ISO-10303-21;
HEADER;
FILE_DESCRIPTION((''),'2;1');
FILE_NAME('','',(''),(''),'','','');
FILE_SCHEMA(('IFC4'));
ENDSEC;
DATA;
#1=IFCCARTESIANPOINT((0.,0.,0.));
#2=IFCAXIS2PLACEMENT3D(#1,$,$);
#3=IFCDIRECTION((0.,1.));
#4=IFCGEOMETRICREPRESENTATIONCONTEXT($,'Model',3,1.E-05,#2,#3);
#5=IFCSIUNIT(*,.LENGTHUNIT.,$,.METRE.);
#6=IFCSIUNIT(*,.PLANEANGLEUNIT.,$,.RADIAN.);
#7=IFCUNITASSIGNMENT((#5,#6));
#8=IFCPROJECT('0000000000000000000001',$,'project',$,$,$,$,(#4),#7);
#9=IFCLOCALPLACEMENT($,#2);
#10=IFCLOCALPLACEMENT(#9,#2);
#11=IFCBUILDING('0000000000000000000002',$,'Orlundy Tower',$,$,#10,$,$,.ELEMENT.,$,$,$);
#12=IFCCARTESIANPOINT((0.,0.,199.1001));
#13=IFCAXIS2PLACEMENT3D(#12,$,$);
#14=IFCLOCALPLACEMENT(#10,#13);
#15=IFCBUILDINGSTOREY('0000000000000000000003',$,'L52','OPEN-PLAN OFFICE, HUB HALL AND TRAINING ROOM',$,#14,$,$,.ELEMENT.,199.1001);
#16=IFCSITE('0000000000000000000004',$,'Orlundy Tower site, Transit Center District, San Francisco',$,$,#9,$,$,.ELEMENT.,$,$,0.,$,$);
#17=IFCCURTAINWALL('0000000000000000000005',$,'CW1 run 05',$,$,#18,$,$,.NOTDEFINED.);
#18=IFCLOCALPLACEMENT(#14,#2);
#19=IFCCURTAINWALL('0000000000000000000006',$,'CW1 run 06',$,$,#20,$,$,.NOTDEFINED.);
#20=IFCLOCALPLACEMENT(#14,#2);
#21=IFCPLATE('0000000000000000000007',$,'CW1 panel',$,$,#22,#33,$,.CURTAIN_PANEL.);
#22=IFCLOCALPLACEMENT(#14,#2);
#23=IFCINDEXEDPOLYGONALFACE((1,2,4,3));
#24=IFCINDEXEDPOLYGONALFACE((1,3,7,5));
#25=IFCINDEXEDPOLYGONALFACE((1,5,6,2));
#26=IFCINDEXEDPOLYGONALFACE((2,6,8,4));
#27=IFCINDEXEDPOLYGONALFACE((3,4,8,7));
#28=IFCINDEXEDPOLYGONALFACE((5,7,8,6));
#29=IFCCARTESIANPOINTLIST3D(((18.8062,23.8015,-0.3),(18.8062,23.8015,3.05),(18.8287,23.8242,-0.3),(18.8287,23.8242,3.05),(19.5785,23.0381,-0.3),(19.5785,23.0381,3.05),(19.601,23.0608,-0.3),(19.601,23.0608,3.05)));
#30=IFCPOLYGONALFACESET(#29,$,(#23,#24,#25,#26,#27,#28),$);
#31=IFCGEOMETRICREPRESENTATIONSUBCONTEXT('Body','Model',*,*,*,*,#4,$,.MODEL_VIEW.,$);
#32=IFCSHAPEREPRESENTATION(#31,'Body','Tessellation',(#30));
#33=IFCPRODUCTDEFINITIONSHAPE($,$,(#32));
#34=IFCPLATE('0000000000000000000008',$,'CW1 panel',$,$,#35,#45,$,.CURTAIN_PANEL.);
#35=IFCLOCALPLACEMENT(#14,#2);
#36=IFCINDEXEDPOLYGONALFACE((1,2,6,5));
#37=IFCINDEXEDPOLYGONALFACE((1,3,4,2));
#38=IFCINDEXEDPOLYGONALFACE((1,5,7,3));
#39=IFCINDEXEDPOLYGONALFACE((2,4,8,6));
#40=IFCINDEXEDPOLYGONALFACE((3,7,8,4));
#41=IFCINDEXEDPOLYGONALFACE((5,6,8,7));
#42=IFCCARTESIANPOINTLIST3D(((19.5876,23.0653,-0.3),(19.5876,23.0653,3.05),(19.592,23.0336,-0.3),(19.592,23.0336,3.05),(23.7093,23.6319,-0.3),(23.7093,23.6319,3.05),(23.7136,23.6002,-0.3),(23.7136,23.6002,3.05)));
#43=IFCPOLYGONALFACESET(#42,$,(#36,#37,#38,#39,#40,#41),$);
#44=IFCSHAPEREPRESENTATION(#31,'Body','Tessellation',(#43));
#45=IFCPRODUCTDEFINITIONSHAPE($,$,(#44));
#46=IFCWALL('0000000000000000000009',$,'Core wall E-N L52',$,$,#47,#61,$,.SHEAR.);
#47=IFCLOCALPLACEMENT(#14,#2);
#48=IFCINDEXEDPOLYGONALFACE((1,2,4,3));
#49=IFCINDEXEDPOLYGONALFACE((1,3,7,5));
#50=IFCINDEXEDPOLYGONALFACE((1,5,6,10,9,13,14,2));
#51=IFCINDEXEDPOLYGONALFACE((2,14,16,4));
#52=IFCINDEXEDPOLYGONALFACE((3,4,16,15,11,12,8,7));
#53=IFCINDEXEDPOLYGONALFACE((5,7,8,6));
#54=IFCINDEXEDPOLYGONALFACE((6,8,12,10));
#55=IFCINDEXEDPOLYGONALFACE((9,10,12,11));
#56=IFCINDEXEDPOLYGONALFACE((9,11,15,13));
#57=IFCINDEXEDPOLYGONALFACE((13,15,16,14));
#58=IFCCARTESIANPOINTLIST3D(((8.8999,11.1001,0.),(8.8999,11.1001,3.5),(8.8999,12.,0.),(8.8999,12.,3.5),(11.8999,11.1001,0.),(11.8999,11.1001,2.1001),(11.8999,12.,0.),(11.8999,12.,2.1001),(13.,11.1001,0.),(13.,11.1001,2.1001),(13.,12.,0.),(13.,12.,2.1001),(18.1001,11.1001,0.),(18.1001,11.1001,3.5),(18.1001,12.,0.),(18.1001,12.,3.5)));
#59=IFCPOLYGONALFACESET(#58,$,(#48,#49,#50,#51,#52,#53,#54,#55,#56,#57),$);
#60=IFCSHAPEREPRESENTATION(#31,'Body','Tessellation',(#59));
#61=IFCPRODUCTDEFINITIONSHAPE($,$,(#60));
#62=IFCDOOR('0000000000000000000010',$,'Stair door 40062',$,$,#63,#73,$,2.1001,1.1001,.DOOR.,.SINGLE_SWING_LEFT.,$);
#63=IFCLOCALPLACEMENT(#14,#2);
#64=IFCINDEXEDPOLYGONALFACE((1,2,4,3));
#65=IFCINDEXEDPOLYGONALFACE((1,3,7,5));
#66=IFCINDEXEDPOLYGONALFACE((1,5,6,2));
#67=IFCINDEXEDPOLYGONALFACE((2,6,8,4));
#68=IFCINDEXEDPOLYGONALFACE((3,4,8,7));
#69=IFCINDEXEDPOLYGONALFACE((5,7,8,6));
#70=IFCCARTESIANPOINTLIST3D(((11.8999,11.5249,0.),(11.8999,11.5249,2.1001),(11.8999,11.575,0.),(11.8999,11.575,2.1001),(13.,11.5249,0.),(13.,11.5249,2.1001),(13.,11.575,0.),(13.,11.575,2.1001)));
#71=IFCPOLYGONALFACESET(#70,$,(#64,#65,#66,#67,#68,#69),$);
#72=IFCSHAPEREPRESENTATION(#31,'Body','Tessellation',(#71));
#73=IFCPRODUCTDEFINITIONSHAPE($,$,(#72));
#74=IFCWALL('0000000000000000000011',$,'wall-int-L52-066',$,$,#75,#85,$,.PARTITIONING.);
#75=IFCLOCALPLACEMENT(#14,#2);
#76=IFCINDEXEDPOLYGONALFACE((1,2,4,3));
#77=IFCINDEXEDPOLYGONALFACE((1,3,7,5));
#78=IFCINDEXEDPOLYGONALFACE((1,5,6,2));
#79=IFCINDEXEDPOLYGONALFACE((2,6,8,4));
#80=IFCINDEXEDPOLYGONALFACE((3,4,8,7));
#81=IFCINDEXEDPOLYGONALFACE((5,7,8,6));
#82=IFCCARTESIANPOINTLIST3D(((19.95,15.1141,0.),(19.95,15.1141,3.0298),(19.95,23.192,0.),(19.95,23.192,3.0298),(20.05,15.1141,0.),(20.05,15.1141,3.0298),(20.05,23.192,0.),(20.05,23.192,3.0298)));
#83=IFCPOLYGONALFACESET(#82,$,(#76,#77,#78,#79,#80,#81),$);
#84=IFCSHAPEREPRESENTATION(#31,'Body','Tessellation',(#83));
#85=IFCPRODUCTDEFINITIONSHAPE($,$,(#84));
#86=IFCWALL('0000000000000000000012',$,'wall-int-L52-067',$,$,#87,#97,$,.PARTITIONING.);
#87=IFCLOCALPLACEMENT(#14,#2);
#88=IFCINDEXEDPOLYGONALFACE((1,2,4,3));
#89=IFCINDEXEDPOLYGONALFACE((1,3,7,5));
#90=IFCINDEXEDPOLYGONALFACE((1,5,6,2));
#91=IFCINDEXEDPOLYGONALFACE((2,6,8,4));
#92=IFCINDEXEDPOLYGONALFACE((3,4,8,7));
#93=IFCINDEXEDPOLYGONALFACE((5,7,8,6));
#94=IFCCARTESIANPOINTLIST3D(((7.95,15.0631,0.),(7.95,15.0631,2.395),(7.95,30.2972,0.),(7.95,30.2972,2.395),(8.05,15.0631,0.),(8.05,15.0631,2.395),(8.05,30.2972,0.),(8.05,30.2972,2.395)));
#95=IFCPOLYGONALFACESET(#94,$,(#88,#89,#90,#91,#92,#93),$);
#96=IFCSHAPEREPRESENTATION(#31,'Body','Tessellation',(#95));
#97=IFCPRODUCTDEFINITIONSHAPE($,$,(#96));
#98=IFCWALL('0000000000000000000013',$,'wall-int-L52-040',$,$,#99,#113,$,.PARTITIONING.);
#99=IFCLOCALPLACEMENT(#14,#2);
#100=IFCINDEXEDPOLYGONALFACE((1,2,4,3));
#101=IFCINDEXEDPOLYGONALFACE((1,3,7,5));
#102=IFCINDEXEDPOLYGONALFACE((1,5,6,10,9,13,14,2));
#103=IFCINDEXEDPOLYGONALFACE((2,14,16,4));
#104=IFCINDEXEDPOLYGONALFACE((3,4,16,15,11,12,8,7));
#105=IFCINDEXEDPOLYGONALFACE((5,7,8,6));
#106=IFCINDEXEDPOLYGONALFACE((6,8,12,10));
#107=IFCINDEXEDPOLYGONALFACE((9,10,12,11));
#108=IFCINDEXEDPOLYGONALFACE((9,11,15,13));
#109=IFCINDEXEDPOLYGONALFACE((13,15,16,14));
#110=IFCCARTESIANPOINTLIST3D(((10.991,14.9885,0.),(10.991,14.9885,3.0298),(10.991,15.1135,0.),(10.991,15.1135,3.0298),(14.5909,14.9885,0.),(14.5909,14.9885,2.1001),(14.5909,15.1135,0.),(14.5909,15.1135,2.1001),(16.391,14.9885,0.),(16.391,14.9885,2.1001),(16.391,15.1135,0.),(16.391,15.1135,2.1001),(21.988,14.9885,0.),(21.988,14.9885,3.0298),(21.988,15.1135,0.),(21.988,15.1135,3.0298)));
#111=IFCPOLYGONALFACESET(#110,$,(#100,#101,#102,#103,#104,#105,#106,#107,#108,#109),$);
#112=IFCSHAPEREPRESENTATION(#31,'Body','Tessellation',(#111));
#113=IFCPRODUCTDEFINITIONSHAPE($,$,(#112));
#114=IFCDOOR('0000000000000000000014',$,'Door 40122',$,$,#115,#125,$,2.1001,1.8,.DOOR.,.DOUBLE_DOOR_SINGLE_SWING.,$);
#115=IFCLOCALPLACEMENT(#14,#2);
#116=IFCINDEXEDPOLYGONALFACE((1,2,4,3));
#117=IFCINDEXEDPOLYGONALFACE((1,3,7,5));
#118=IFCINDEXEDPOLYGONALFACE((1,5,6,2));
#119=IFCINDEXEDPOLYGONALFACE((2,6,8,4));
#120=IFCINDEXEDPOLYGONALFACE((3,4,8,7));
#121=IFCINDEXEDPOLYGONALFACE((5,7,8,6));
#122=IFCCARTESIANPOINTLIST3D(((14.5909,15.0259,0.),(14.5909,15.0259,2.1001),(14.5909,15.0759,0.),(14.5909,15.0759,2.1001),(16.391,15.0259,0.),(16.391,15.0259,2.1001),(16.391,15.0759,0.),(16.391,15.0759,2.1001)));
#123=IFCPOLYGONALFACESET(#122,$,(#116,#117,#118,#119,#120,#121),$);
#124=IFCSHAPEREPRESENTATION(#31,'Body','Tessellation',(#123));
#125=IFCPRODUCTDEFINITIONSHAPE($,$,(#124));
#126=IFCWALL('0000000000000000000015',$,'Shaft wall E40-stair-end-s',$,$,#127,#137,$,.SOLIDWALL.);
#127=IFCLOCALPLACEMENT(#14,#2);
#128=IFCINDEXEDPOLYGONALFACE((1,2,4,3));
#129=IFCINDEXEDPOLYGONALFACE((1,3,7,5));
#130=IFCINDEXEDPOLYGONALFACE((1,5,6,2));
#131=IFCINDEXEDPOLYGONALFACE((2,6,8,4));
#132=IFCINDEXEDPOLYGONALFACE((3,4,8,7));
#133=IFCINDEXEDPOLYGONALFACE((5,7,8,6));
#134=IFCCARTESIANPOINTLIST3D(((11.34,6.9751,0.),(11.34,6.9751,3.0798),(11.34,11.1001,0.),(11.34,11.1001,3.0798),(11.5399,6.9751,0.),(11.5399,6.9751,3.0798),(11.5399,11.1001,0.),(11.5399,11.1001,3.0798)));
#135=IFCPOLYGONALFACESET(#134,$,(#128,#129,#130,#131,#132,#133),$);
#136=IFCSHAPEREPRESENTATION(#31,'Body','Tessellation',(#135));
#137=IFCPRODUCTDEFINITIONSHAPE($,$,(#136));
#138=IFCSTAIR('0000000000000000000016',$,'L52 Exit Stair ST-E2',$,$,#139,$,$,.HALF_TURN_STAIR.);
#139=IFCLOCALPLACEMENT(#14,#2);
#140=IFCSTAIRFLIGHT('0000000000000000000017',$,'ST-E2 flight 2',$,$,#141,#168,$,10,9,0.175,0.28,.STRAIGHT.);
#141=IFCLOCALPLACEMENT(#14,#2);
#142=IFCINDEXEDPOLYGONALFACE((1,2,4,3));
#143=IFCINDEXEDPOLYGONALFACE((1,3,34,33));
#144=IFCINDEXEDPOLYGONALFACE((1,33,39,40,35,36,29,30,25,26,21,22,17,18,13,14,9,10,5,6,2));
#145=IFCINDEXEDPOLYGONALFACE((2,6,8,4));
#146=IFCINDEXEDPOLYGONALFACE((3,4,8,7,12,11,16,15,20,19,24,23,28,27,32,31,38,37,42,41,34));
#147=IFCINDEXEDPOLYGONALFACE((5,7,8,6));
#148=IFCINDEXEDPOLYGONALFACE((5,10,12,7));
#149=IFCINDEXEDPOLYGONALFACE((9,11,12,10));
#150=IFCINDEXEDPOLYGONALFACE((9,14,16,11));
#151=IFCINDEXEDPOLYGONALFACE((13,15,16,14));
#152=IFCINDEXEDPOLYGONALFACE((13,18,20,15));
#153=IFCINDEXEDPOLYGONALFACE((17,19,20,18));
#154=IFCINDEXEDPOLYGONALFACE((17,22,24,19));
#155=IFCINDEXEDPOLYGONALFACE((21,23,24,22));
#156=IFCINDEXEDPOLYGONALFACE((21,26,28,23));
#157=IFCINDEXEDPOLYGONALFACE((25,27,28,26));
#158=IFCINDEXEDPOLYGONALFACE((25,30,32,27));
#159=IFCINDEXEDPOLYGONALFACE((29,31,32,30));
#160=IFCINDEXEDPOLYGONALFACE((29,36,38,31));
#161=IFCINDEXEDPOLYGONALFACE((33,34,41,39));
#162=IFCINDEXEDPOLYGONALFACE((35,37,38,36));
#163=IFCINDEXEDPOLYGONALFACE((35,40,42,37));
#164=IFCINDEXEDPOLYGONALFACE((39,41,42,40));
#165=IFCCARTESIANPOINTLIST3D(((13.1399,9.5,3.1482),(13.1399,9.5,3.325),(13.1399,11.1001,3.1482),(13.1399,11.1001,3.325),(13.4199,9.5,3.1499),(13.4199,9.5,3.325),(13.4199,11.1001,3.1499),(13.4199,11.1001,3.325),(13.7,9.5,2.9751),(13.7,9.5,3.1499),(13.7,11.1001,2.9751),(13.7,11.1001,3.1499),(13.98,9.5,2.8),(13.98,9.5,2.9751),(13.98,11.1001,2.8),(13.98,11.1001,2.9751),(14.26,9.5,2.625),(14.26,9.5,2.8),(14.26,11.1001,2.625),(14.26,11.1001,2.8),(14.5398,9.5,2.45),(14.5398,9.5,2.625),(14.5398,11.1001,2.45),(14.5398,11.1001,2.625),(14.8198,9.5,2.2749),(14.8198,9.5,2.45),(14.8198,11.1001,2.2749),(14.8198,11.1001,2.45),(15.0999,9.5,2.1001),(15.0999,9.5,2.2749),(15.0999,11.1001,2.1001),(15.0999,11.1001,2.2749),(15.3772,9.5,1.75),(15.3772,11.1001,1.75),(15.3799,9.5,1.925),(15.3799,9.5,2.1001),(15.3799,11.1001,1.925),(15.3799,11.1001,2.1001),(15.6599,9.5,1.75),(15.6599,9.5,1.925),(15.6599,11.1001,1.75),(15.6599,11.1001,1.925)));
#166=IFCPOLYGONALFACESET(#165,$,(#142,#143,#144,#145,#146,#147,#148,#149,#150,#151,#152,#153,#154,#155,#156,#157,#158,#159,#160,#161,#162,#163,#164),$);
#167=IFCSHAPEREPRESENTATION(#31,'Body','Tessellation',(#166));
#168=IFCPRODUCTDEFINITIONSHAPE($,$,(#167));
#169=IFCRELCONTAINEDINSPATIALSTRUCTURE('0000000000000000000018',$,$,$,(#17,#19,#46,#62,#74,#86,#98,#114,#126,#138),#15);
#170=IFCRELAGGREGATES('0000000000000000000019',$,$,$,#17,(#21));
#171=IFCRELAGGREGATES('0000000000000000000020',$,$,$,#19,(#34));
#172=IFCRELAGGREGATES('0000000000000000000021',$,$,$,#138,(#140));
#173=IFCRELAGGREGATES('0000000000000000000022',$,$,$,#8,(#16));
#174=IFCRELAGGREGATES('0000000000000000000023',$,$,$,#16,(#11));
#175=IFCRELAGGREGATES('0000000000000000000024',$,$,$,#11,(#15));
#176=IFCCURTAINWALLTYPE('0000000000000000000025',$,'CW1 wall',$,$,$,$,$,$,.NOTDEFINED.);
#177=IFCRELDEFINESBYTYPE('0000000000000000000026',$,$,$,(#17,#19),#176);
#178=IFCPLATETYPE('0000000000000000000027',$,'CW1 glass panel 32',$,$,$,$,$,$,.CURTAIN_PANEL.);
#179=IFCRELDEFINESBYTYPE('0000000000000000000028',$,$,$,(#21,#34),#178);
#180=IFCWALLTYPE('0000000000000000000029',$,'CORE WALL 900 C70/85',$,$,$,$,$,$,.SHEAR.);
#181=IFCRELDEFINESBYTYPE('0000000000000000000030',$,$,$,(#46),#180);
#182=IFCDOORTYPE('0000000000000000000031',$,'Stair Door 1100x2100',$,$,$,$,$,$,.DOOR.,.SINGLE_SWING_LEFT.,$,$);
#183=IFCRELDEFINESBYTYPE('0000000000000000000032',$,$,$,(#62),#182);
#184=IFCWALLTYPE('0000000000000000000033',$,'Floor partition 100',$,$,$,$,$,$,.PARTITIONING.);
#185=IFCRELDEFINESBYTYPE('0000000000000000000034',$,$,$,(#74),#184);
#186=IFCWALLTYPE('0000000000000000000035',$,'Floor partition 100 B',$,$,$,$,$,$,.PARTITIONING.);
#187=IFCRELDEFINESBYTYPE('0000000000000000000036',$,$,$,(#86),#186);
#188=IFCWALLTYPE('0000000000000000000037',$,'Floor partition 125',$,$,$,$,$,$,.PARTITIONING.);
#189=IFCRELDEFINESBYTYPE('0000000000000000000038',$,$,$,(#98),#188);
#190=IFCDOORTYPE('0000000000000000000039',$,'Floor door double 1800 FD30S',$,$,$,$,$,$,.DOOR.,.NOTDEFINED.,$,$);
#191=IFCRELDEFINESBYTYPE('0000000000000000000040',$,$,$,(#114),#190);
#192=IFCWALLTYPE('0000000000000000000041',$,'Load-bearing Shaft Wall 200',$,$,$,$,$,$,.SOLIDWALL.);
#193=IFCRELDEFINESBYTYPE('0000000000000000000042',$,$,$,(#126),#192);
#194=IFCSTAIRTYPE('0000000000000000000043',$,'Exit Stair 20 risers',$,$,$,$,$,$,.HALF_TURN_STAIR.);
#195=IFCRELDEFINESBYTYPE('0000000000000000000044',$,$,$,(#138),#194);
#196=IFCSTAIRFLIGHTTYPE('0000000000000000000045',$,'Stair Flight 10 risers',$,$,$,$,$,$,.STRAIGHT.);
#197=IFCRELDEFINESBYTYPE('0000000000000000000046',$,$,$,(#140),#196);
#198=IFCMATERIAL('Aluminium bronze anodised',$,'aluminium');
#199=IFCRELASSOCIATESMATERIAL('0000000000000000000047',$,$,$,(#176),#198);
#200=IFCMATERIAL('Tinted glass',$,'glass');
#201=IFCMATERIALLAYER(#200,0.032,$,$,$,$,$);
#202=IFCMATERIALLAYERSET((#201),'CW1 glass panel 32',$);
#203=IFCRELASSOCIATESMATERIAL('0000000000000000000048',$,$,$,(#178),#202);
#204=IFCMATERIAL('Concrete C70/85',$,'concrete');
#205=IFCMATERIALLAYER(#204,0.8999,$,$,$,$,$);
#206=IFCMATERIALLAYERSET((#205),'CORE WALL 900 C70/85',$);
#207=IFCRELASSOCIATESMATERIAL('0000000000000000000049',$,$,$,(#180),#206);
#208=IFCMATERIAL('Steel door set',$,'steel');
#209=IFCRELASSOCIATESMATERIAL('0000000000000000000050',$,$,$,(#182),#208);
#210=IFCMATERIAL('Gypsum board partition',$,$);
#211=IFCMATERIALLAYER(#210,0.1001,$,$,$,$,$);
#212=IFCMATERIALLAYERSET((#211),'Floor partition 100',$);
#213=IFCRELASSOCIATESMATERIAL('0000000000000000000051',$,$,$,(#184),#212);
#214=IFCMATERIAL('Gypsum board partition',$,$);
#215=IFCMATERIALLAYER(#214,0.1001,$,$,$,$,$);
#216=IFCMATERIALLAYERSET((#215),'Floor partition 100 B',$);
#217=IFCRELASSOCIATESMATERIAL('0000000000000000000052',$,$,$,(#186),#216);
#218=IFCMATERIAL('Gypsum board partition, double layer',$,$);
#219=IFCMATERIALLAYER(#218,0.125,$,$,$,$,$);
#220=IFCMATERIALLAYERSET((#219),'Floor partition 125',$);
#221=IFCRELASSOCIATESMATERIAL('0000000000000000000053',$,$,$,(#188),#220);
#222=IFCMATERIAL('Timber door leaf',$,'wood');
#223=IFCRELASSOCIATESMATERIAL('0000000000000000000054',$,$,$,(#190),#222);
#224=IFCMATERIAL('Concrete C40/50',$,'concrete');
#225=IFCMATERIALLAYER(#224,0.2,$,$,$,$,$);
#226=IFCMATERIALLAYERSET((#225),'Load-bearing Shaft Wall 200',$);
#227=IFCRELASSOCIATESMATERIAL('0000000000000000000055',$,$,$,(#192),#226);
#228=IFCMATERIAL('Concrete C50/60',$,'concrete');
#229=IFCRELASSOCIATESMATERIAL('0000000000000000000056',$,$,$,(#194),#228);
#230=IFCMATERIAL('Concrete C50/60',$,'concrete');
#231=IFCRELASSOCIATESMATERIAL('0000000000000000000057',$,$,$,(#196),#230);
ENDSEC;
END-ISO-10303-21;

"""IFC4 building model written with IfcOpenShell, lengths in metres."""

from ifc_helpers import new_model, si_unit, direction, frame, frame_2d, origin, origin_2d, place, context, subcontext, project, spatial, polyline, rectangle, outline, extrude, material, layer, layer_set, type_object, element, fill, aggregate, save


model = new_model("IFC4")

# Units and contexts
model_context = context("Model", 3, precision=1e-05, world=origin(), true_north=direction((0.0, 1.0)))
body_context = subcontext(model_context, "Body", "Model", "MODEL_VIEW")
ifc_project = project(units=[si_unit("LENGTHUNIT", "METRE"), si_unit("PLANEANGLEUNIT", "RADIAN")], contexts=[model_context])

# Site, building, storey
site_placement = place(None, origin())
site = spatial("IfcSite", under=ifc_project, at=site_placement, Name="Orlundy Tower site, Transit Center District, San Francisco", CompositionType="ELEMENT", RefElevation=0.0)
building_placement = place(site_placement, origin())
building = spatial("IfcBuilding", under=site, at=building_placement, Name="Orlundy Tower", CompositionType="ELEMENT")
storey_placement = place(building_placement, frame((0.0, 0.0, 199.1001)))
storey = spatial("IfcBuildingStorey", under=building, at=storey_placement, Name="L52", Description="OPEN-PLAN OFFICE, HUB HALL AND TRAINING ROOM", CompositionType="ELEMENT", Elevation=199.1001)

# Curtain walls
ifc_material_1 = material(Name="Aluminium bronze anodised", Category="aluminium")
curtain_wall_type = type_object("IfcCurtainWallType", Name="CW1 wall", PredefinedType="NOTDEFINED", material=ifc_material_1)
curtain_wall_1_placement = place(storey_placement, origin())
curtain_wall_1 = element("IfcCurtainWall", 1, at=curtain_wall_1_placement, inside=storey, type_object=curtain_wall_type, Name="CW1 run 05", PredefinedType="NOTDEFINED")
curtain_wall_2_placement = place(storey_placement, origin())
curtain_wall_2 = element("IfcCurtainWall", 2, at=curtain_wall_2_placement, inside=storey, type_object=curtain_wall_type, Name="CW1 run 06", PredefinedType="NOTDEFINED")

# Plates
ifc_material_2 = material(Name="Tinted glass", Category="glass")
ifc_layer_1 = layer(ifc_material_2, 0.032)
ifc_layer_set_1 = layer_set([ifc_layer_1], Name="CW1 glass panel 32")
plate_type = type_object("IfcPlateType", Name="CW1 glass panel 32", PredefinedType="CURTAIN_PANEL", material=ifc_layer_set_1)
plate_1_placement = place(storey_placement, frame((19.2036, 23.4312, -0.3), z_axis=(0.0, 0.0, 1.0), x_axis=(0.711198, -0.702992, 0.0)))
plate_1 = element("IfcPlate", 3, at=plate_1_placement, type_object=plate_type, Name="CW1 panel", PredefinedType="CURTAIN_PANEL", context=body_context, shape_type="SweptSolid", body=[
    extrude(rectangle(XDim=1.0859, YDim=0.032, at=origin_2d()), origin(), (0.0, 0.0, 1.0), 3.3501),
])
aggregate(curtain_wall_1, [plate_1])
plate_2_placement = place(storey_placement, frame((21.6506, 23.3328, -0.3), z_axis=(0.0, 0.0, 1.0), x_axis=(0.990683, 0.136185, 0.0)))
plate_2 = element("IfcPlate", 4, at=plate_2_placement, type_object=plate_type, Name="CW1 panel", PredefinedType="CURTAIN_PANEL", context=body_context, shape_type="SweptSolid", body=[
    extrude(rectangle(XDim=4.1604, YDim=0.032, at=origin_2d()), origin(), (0.0, 0.0, 1.0), 3.3501),
])
aggregate(curtain_wall_2, [plate_2])

# Wall, opening, door
ifc_material_3 = material(Name="Concrete C70/85", Category="concrete")
ifc_layer_2 = layer(ifc_material_3, 0.8999)
ifc_layer_set_2 = layer_set([ifc_layer_2], Name="CORE WALL 900 C70/85")
wall_type_1 = type_object("IfcWallType", Name="CORE WALL 900 C70/85", PredefinedType="SHEAR", material=ifc_layer_set_2)
wall_1_placement = place(storey_placement, frame((8.8999, 11.55, 0.0), z_axis=(0.0, 0.0, 1.0), x_axis=(1.0, 0.0, 0.0)))
wall_1 = element("IfcWall", 5, at=wall_1_placement, inside=storey, type_object=wall_type_1, Name="Core wall E-N L52", PredefinedType="SHEAR", context=body_context, shape_type="SweptSolid", body=[
    extrude(rectangle(XDim=9.2002, YDim=0.8999, at=frame_2d((4.6001, 0.0))), origin(), (0.0, 0.0, 1.0), 3.5),
])
opening_1_placement = place(wall_1_placement, frame((3.0, 0.0, 0.0)))
opening_1 = element("IfcOpeningElement", 6, at=opening_1_placement, cuts=wall_1, PredefinedType="OPENING", context=body_context, shape_type="SweptSolid", body=[
    extrude(rectangle(XDim=1.1001, YDim=2.1001, at=frame_2d((0.55, 1.05))), frame((0.0, 0.46, 0.0), z_axis=(0.0, -1.0, 0.0), x_axis=(1.0, 0.0, 0.0)), (0.0, 0.0, 1.0), 0.9199),
])
ifc_material_4 = material(Name="Steel door set", Category="steel")
door_type_1 = type_object("IfcDoorType", Name="Stair Door 1100x2100", OperationType="SINGLE_SWING_LEFT", PredefinedType="DOOR", material=ifc_material_4)
door_1_placement = place(opening_1_placement, origin())
door_1 = element("IfcDoor", 7, at=door_1_placement, inside=storey, type_object=door_type_1, Name="Stair door 40062", OperationType="SINGLE_SWING_LEFT", OverallHeight=2.1001, OverallWidth=1.1001, PredefinedType="DOOR", context=body_context, shape_type="SweptSolid", body=[
    extrude(rectangle(XDim=1.1001, YDim=2.1001, at=frame_2d((0.55, 1.05))), frame((0.0, 0.0249, 0.0), z_axis=(0.0, -1.0, 0.0), x_axis=(1.0, 0.0, 0.0)), (0.0, 0.0, 1.0), 0.05),
])
fill(opening_1, door_1)

# Walls
ifc_material_5 = material(Name="Gypsum board partition")
ifc_layer_3 = layer(ifc_material_5, 0.1001)
ifc_layer_set_3 = layer_set([ifc_layer_3], Name="Floor partition 100")
wall_type_2 = type_object("IfcWallType", Name="Floor partition 100", PredefinedType="PARTITIONING", material=ifc_layer_set_3)
wall_2_placement = place(storey_placement, frame((20.0, 15.114, 0.0), z_axis=(0.0, 0.0, 1.0), x_axis=(0.0, 1.0, 0.0)))
element("IfcWall", 8, at=wall_2_placement, inside=storey, type_object=wall_type_2, Name="wall-int-L52-066", PredefinedType="PARTITIONING", context=body_context, shape_type="SweptSolid", body=[
    extrude(rectangle(XDim=8.0779, YDim=0.1001, at=frame_2d((4.0391, 0.0))), origin(), (0.0, 0.0, 1.0), 3.0298),
])
ifc_material_6 = material(Name="Gypsum board partition")
ifc_layer_4 = layer(ifc_material_6, 0.1001)
ifc_layer_set_4 = layer_set([ifc_layer_4], Name="Floor partition 100 B")
wall_type_3 = type_object("IfcWallType", Name="Floor partition 100 B", PredefinedType="PARTITIONING", material=ifc_layer_set_4)
wall_3_placement = place(storey_placement, frame((8.0, 15.063, 0.0), z_axis=(0.0, 0.0, 1.0), x_axis=(0.0, 1.0, 0.0)))
element("IfcWall", 9, at=wall_3_placement, inside=storey, type_object=wall_type_3, Name="wall-int-L52-067", PredefinedType="PARTITIONING", context=body_context, shape_type="SweptSolid", body=[
    extrude(rectangle(XDim=15.2341, YDim=0.1001, at=frame_2d((7.6172, 0.0))), origin(), (0.0, 0.0, 1.0), 2.395),
])

# Wall, opening, door
ifc_material_7 = material(Name="Gypsum board partition, double layer")
ifc_layer_5 = layer(ifc_material_7, 0.125)
ifc_layer_set_5 = layer_set([ifc_layer_5], Name="Floor partition 125")
wall_type_4 = type_object("IfcWallType", Name="Floor partition 125", PredefinedType="PARTITIONING", material=ifc_layer_set_5)
wall_4_placement = place(storey_placement, frame((10.991, 15.051, 0.0), z_axis=(0.0, 0.0, 1.0), x_axis=(1.0, 0.0, 0.0)))
wall_4 = element("IfcWall", 10, at=wall_4_placement, inside=storey, type_object=wall_type_4, Name="wall-int-L52-040", PredefinedType="PARTITIONING", context=body_context, shape_type="SweptSolid", body=[
    extrude(rectangle(XDim=10.9971, YDim=0.125, at=frame_2d((5.4985, 0.0))), origin(), (0.0, 0.0, 1.0), 3.0298),
])
opening_2_placement = place(wall_4_placement, frame((3.6001, 0.0, 0.0)))
opening_2 = element("IfcOpeningElement", 11, at=opening_2_placement, cuts=wall_4, PredefinedType="OPENING", context=body_context, shape_type="SweptSolid", body=[
    extrude(rectangle(XDim=1.8, YDim=2.1001, at=frame_2d((0.8999, 1.05))), frame((0.0, 0.0725, 0.0), z_axis=(0.0, -1.0, 0.0), x_axis=(1.0, 0.0, 0.0)), (0.0, 0.0, 1.0), 0.145),
])
ifc_material_8 = material(Name="Timber door leaf", Category="wood")
door_type_2 = type_object("IfcDoorType", Name="Floor door double 1800 FD30S", OperationType="NOTDEFINED", PredefinedType="DOOR", material=ifc_material_8)
door_2_placement = place(opening_2_placement, origin())
door_2 = element("IfcDoor", 12, at=door_2_placement, inside=storey, type_object=door_type_2, Name="Door 40122", OperationType="DOUBLE_DOOR_SINGLE_SWING", OverallHeight=2.1001, OverallWidth=1.8, PredefinedType="DOOR", context=body_context, shape_type="SweptSolid", body=[
    extrude(rectangle(XDim=1.8, YDim=2.1001, at=frame_2d((0.8999, 1.05))), frame((0.0, 0.0249, 0.0), z_axis=(0.0, -1.0, 0.0), x_axis=(1.0, 0.0, 0.0)), (0.0, 0.0, 1.0), 0.05),
])
fill(opening_2, door_2)

# Wall
ifc_material_9 = material(Name="Concrete C40/50", Category="concrete")
ifc_layer_6 = layer(ifc_material_9, 0.2)
ifc_layer_set_6 = layer_set([ifc_layer_6], Name="Load-bearing Shaft Wall 200")
wall_type_5 = type_object("IfcWallType", Name="Load-bearing Shaft Wall 200", PredefinedType="SOLIDWALL", material=ifc_layer_set_6)
wall_5_placement = place(storey_placement, frame((11.4399, 11.1001, 0.0), z_axis=(0.0, 0.0, 1.0), x_axis=(0.0, -1.0, 0.0)))
element("IfcWall", 13, at=wall_5_placement, inside=storey, type_object=wall_type_5, Name="Shaft wall E40-stair-end-s", PredefinedType="SOLIDWALL", context=body_context, shape_type="SweptSolid", body=[
    extrude(rectangle(XDim=4.125, YDim=0.2, at=frame_2d((2.0625, 0.0))), origin(), (0.0, 0.0, 1.0), 3.0798),
])

# Stair, stair flight
ifc_material_10 = material(Name="Concrete C50/60", Category="concrete")
stair_type = type_object("IfcStairType", Name="Exit Stair 20 risers", PredefinedType="HALF_TURN_STAIR", material=ifc_material_10)
stair_placement = place(storey_placement, origin())
stair = element("IfcStair", 14, at=stair_placement, inside=storey, type_object=stair_type, Name="L52 Exit Stair ST-E2", PredefinedType="HALF_TURN_STAIR")
ifc_material_11 = material(Name="Concrete C50/60", Category="concrete")
stair_flight_type = type_object("IfcStairFlightType", Name="Stair Flight 10 risers", PredefinedType="STRAIGHT", material=ifc_material_11)
stair_flight_placement = place(storey_placement, frame((15.6599, 10.3, 1.75), z_axis=(0.0, 0.0, 1.0), x_axis=(-1.0, 0.0, 0.0)))
stair_flight = element("IfcStairFlight", 15, at=stair_flight_placement, type_object=stair_flight_type, Name="ST-E2 flight 2", NumberOfRisers=10, NumberOfTreads=9, PredefinedType="STRAIGHT", RiserHeight=0.175, TreadLength=0.28, context=body_context, shape_type="SweptSolid", body=[
    extrude(outline(polyline([(0.0, 0.0), (0.0, 0.175), (0.28, 0.175), (0.28, 0.3501), (0.5601, 0.3501), (0.5601, 0.5249), (0.8401, 0.5249), (0.8401, 0.7), (1.1201, 0.7), (1.1201, 0.875), (1.3999, 0.875), (1.3999, 1.05), (1.6799, 1.05), (1.6799, 1.2251), (1.96, 1.2251), (1.96, 1.3999), (2.24, 1.3999), (2.24, 1.575), (2.52, 1.575), (2.52, 1.75), (2.52, 1.3982), (0.2827, 0.0), (0.0, 0.0)])), frame((0.0, 0.8, 0.0), z_axis=(0.0, -1.0, 0.0), x_axis=(1.0, 0.0, 0.0)), (0.0, 0.0, 1.0), 1.6001),
])
aggregate(stair, [stair_flight])

save(model, "model.ifc")
